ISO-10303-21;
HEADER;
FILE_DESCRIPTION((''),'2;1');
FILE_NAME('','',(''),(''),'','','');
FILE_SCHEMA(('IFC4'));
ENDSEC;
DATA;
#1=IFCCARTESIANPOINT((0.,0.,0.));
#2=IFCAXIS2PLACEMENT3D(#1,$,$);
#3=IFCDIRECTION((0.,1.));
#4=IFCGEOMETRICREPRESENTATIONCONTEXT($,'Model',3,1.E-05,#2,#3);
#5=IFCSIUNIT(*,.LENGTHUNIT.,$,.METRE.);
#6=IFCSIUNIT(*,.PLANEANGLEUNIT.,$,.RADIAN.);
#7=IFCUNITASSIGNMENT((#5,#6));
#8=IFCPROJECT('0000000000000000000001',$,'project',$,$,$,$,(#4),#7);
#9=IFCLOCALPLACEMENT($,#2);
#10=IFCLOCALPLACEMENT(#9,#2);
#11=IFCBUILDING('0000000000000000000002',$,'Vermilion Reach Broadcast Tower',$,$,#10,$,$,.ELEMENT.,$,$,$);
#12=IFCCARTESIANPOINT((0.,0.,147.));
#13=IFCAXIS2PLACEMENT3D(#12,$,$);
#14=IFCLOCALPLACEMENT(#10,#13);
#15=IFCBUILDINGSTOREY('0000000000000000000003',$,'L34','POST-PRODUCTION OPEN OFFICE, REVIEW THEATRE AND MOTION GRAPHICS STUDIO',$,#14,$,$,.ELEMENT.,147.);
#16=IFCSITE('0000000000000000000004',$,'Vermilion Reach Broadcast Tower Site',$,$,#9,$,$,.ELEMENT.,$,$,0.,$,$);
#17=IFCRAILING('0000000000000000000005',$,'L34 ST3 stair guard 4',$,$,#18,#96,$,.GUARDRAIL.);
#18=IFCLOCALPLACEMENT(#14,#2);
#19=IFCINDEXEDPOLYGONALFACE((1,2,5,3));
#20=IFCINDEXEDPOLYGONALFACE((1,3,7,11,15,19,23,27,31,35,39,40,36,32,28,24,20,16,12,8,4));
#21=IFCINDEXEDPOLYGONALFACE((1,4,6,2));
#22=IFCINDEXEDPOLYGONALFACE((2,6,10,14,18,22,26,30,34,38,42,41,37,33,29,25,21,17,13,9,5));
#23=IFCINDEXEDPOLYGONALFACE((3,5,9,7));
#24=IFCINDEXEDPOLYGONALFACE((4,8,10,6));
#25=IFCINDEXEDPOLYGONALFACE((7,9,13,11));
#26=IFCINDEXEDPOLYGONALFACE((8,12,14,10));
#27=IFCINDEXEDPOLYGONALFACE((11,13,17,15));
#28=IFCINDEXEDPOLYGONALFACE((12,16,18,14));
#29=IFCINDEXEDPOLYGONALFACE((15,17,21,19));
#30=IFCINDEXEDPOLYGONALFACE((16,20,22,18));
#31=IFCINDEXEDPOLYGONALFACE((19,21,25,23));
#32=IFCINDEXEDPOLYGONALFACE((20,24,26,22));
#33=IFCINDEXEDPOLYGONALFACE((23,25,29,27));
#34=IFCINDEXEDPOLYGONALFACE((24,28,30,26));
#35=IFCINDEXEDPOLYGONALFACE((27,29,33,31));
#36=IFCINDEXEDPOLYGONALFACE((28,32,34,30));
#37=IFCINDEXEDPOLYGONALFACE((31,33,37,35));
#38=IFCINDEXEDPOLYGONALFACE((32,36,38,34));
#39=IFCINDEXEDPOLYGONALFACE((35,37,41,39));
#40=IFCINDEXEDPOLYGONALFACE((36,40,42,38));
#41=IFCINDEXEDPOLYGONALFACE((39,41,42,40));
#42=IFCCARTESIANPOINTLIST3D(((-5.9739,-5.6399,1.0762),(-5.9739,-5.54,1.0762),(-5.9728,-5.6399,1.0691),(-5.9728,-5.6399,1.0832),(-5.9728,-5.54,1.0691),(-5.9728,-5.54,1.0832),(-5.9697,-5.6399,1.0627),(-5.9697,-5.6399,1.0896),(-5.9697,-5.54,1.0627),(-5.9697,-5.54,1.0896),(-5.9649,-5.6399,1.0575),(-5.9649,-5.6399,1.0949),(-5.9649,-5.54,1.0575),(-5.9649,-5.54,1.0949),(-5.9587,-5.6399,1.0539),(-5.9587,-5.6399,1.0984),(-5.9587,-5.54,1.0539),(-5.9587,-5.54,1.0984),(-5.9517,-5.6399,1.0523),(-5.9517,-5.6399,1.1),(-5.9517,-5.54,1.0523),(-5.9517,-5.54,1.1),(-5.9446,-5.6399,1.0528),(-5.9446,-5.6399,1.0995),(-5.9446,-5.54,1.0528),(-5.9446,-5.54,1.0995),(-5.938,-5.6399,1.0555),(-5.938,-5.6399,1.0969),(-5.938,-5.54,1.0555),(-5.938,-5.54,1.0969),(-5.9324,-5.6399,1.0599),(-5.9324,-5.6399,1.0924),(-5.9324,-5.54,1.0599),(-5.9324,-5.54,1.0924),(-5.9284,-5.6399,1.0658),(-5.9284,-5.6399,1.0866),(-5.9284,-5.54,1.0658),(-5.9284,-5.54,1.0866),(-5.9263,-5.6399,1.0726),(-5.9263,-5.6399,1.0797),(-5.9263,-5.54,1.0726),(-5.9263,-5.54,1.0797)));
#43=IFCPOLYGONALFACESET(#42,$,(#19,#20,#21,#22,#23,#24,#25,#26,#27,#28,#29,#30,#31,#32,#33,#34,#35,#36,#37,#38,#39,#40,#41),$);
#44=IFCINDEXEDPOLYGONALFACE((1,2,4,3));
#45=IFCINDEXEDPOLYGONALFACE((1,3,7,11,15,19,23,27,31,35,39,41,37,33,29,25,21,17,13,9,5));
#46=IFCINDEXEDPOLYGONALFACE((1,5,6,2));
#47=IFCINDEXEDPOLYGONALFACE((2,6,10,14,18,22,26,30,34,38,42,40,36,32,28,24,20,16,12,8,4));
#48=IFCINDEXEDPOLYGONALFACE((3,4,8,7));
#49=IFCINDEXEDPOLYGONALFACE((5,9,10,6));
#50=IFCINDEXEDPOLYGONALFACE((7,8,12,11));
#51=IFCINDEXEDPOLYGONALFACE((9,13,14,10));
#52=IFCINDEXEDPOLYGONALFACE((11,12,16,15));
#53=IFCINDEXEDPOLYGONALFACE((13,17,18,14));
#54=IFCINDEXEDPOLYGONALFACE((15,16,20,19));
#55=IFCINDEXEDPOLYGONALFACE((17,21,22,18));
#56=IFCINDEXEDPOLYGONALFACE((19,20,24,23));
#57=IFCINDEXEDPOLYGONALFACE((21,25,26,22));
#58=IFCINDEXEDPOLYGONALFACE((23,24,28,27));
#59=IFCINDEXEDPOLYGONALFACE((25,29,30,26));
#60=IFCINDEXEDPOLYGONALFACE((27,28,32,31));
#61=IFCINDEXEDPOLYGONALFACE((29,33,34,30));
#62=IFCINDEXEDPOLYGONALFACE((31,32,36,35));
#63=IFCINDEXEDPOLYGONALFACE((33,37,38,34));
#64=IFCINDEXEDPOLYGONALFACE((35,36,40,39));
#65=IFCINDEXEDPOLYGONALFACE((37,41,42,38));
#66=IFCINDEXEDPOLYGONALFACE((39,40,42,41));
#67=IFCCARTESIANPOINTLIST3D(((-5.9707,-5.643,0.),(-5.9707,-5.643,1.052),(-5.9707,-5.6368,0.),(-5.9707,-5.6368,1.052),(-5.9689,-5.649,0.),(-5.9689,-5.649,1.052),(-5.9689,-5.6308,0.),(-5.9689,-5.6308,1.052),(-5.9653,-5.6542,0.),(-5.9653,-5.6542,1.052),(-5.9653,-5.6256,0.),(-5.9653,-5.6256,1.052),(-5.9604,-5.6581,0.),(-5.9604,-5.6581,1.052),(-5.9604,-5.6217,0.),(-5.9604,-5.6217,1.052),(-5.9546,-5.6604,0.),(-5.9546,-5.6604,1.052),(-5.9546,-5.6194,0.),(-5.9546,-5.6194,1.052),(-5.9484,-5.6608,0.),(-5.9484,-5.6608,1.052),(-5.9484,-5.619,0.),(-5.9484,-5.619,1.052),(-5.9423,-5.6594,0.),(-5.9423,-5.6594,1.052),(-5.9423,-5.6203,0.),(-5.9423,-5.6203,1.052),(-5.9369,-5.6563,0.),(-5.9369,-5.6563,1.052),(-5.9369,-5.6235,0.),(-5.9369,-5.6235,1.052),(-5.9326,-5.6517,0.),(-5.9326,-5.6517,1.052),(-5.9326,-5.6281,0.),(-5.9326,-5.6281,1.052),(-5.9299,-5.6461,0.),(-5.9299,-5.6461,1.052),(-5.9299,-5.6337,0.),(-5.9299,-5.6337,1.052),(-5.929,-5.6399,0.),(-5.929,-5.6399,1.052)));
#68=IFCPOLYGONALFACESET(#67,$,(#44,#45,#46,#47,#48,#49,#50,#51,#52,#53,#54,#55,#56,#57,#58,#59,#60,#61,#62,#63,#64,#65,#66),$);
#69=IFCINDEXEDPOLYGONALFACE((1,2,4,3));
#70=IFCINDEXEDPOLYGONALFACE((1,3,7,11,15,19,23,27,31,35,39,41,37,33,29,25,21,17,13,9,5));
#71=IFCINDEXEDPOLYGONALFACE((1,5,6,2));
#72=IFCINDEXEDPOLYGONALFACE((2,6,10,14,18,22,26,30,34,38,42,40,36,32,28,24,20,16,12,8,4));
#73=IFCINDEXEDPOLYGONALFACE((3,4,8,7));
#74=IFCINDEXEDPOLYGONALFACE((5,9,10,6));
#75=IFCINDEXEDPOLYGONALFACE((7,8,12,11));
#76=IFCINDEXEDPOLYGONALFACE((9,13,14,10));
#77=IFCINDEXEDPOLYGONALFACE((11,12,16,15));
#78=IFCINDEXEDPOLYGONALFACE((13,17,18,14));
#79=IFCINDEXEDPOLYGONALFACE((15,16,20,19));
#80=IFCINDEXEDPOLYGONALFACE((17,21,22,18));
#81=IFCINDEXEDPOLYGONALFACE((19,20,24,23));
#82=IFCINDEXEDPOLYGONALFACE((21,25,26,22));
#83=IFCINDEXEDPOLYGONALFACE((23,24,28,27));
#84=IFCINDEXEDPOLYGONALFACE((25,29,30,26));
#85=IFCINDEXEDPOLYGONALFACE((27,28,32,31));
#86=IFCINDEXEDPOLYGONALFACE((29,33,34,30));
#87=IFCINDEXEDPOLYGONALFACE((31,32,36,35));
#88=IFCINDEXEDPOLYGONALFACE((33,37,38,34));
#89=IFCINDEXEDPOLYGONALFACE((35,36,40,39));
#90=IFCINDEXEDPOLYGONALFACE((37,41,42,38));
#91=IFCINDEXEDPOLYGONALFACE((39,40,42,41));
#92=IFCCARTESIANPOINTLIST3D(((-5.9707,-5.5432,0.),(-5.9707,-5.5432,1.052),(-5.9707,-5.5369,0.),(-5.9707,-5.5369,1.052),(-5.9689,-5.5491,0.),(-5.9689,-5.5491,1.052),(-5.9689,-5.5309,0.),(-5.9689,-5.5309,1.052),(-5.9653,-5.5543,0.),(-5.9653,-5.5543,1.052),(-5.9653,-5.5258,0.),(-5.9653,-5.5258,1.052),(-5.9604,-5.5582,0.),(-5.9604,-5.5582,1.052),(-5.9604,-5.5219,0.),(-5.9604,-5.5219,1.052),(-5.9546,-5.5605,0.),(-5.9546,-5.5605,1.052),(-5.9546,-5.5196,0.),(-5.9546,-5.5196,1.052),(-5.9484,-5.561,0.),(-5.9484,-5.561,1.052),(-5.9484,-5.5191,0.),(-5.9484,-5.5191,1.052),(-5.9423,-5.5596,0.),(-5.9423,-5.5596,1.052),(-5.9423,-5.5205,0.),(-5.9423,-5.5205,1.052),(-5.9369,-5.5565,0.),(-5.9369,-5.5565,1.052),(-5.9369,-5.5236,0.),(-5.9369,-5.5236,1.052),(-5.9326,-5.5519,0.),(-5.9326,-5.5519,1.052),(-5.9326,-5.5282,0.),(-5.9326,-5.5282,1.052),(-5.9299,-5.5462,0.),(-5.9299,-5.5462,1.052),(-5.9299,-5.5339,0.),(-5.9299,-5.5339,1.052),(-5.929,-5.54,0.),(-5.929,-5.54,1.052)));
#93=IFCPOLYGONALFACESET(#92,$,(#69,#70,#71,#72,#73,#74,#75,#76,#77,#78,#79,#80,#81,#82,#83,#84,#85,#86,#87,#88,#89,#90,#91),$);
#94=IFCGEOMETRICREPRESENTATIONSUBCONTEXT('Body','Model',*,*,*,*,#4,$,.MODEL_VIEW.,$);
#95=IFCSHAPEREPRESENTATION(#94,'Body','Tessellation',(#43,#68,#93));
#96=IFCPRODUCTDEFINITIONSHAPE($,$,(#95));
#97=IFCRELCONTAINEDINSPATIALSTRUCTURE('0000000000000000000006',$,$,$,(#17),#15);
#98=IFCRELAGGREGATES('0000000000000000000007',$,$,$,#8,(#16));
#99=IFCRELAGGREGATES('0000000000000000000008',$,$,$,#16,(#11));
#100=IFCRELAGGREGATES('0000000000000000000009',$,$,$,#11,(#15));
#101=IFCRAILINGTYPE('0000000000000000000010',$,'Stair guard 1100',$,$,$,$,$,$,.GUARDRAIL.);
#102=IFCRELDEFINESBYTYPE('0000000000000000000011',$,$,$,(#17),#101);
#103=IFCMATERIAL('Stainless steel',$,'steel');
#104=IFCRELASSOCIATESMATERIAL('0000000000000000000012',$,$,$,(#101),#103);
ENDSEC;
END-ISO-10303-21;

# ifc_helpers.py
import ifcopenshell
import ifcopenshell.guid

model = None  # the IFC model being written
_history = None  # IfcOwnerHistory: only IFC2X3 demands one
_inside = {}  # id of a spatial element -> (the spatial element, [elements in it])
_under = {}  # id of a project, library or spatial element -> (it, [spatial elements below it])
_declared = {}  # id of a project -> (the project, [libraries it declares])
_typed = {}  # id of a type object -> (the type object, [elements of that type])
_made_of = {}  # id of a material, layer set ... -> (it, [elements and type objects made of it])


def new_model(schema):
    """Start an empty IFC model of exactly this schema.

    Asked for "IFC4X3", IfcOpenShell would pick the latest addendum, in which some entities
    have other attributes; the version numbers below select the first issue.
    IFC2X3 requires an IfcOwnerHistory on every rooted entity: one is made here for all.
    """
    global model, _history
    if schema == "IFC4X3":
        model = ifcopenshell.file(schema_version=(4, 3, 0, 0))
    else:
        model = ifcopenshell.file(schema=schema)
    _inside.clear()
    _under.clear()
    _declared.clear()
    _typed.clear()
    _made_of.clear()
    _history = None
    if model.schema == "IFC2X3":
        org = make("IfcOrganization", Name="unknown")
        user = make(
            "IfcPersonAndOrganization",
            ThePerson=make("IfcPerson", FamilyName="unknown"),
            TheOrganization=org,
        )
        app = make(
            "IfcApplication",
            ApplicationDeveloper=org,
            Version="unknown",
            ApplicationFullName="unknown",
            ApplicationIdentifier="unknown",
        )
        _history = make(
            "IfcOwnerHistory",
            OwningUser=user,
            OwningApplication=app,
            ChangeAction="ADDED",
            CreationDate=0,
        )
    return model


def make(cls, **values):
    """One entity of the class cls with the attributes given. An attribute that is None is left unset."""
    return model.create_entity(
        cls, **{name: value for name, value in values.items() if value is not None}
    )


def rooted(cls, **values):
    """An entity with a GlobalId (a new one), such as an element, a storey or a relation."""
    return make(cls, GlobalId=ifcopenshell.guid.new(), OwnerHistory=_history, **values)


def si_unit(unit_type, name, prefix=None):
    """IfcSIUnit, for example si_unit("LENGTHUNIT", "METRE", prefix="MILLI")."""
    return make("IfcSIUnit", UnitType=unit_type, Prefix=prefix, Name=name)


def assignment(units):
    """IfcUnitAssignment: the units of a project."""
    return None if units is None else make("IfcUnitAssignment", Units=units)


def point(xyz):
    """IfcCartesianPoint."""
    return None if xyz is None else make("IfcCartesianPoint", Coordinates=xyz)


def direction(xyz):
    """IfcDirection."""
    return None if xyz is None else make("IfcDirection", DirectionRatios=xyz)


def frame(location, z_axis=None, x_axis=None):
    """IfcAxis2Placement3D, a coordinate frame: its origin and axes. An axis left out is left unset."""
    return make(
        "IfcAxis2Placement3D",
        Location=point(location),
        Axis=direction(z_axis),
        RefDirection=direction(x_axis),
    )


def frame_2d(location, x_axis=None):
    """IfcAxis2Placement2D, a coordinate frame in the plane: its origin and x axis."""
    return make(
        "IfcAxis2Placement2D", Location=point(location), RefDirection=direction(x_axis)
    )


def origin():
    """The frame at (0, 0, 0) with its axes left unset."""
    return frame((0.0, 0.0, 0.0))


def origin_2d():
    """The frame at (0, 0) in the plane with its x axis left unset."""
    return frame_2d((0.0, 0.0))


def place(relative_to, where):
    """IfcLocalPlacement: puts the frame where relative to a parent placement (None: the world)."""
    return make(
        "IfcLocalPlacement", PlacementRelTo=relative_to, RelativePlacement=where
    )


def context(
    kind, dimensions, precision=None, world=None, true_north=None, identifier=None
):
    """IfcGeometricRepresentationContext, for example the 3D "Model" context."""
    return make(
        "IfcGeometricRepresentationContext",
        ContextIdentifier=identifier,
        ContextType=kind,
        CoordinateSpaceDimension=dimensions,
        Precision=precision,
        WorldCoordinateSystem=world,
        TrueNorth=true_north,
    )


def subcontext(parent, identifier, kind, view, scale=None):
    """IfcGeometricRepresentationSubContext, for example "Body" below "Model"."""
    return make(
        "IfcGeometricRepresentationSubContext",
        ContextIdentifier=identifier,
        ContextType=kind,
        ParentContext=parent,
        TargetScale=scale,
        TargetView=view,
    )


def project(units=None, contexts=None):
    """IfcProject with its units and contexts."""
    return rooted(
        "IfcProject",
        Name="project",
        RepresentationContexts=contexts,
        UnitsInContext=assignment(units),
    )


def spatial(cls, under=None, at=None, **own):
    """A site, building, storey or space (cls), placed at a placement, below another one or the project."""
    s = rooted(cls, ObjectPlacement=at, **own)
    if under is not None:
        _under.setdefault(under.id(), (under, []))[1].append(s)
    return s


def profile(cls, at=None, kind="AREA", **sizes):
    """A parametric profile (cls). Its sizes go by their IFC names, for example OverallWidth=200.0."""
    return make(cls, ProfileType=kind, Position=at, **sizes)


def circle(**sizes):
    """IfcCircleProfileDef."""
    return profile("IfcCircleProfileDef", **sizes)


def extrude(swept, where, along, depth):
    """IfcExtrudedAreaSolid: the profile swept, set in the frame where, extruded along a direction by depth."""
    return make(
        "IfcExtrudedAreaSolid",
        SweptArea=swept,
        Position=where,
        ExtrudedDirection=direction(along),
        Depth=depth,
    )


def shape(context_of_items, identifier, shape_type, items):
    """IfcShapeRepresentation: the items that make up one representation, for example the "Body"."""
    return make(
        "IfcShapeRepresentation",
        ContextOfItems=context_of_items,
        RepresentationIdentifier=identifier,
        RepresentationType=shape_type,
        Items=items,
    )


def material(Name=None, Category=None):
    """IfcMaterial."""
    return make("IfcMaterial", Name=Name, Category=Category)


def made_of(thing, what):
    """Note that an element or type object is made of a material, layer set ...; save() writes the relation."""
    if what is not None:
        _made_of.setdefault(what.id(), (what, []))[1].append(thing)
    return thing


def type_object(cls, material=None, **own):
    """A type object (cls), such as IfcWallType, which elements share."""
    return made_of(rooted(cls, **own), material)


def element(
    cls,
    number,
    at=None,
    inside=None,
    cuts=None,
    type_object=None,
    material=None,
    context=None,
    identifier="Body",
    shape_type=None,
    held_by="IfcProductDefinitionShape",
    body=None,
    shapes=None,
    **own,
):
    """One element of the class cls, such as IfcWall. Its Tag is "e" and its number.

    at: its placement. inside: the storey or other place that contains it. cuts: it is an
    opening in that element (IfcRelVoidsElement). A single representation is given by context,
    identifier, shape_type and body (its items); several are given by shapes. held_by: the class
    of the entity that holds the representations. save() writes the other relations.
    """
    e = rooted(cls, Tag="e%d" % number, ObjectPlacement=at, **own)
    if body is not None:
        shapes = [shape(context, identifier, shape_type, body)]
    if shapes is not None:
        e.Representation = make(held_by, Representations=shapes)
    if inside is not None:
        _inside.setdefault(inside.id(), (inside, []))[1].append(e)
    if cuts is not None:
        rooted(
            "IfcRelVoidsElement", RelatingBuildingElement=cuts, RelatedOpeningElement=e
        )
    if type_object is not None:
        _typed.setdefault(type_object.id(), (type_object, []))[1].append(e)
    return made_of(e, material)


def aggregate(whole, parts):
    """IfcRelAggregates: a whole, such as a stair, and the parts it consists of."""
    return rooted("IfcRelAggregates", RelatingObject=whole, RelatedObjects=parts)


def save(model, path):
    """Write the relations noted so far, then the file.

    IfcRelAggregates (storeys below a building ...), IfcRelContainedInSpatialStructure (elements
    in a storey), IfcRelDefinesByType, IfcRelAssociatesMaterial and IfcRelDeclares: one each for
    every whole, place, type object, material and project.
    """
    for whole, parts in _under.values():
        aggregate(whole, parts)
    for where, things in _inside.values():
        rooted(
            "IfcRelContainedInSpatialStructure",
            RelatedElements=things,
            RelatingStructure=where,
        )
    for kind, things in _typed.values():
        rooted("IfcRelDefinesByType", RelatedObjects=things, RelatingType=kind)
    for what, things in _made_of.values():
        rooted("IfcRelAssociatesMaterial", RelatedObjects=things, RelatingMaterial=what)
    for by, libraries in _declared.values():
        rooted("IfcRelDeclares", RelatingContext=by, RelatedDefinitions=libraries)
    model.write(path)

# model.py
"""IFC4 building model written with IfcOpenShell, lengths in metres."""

from ifc_helpers import new_model, si_unit, direction, frame, origin, origin_2d, place, context, subcontext, project, spatial, circle, extrude, material, type_object, element, save


model = new_model("IFC4")

# Units and contexts
model_context = context("Model", 3, precision=1e-05, world=origin(), true_north=direction((0.0, 1.0)))
body_context = subcontext(model_context, "Body", "Model", "MODEL_VIEW")
ifc_project = project(units=[si_unit("LENGTHUNIT", "METRE"), si_unit("PLANEANGLEUNIT", "RADIAN")], contexts=[model_context])

# Site, building, storey
site_placement = place(None, origin())
site = spatial("IfcSite", under=ifc_project, at=site_placement, Name="Vermilion Reach Broadcast Tower Site", CompositionType="ELEMENT", RefElevation=0.0)
building_placement = place(site_placement, origin())
building = spatial("IfcBuilding", under=site, at=building_placement, Name="Vermilion Reach Broadcast Tower", CompositionType="ELEMENT")
storey_placement = place(building_placement, frame((0.0, 0.0, 147.0)))
storey = spatial("IfcBuildingStorey", under=building, at=storey_placement, Name="L34", Description="POST-PRODUCTION OPEN OFFICE, REVIEW THEATRE AND MOTION GRAPHICS STUDIO", CompositionType="ELEMENT", Elevation=147.0)

# Railing
ifc_material_1 = material(Name="Stainless steel", Category="steel")
railing_type_1 = type_object("IfcRailingType", Name="Stair guard 1100", PredefinedType="GUARDRAIL", material=ifc_material_1)
railing_1_placement = place(storey_placement, frame((-5.95, -5.6399, 0.0)))
element("IfcRailing", 1, at=railing_1_placement, inside=storey, type_object=railing_type_1, Name="L34 ST3 stair guard 4", PredefinedType="GUARDRAIL", context=body_context, shape_type="SweptSolid", body=[
    extrude(circle(Radius=0.0239, at=origin_2d()), frame((0.0, 0.0, 1.0762), z_axis=(0.0, 1.0, 0.0), x_axis=(-1.0, 0.0, 0.0)), (0.0, 0.0, 1.0), 0.0999),
    extrude(circle(Radius=0.021, at=origin_2d()), origin(), (0.0, 0.0, 1.0), 1.052),
    extrude(circle(Radius=0.021, at=origin_2d()), frame((0.0, 0.0999, 0.0)), (0.0, 0.0, 1.0), 1.052),
])

save(model, "model.ifc")
